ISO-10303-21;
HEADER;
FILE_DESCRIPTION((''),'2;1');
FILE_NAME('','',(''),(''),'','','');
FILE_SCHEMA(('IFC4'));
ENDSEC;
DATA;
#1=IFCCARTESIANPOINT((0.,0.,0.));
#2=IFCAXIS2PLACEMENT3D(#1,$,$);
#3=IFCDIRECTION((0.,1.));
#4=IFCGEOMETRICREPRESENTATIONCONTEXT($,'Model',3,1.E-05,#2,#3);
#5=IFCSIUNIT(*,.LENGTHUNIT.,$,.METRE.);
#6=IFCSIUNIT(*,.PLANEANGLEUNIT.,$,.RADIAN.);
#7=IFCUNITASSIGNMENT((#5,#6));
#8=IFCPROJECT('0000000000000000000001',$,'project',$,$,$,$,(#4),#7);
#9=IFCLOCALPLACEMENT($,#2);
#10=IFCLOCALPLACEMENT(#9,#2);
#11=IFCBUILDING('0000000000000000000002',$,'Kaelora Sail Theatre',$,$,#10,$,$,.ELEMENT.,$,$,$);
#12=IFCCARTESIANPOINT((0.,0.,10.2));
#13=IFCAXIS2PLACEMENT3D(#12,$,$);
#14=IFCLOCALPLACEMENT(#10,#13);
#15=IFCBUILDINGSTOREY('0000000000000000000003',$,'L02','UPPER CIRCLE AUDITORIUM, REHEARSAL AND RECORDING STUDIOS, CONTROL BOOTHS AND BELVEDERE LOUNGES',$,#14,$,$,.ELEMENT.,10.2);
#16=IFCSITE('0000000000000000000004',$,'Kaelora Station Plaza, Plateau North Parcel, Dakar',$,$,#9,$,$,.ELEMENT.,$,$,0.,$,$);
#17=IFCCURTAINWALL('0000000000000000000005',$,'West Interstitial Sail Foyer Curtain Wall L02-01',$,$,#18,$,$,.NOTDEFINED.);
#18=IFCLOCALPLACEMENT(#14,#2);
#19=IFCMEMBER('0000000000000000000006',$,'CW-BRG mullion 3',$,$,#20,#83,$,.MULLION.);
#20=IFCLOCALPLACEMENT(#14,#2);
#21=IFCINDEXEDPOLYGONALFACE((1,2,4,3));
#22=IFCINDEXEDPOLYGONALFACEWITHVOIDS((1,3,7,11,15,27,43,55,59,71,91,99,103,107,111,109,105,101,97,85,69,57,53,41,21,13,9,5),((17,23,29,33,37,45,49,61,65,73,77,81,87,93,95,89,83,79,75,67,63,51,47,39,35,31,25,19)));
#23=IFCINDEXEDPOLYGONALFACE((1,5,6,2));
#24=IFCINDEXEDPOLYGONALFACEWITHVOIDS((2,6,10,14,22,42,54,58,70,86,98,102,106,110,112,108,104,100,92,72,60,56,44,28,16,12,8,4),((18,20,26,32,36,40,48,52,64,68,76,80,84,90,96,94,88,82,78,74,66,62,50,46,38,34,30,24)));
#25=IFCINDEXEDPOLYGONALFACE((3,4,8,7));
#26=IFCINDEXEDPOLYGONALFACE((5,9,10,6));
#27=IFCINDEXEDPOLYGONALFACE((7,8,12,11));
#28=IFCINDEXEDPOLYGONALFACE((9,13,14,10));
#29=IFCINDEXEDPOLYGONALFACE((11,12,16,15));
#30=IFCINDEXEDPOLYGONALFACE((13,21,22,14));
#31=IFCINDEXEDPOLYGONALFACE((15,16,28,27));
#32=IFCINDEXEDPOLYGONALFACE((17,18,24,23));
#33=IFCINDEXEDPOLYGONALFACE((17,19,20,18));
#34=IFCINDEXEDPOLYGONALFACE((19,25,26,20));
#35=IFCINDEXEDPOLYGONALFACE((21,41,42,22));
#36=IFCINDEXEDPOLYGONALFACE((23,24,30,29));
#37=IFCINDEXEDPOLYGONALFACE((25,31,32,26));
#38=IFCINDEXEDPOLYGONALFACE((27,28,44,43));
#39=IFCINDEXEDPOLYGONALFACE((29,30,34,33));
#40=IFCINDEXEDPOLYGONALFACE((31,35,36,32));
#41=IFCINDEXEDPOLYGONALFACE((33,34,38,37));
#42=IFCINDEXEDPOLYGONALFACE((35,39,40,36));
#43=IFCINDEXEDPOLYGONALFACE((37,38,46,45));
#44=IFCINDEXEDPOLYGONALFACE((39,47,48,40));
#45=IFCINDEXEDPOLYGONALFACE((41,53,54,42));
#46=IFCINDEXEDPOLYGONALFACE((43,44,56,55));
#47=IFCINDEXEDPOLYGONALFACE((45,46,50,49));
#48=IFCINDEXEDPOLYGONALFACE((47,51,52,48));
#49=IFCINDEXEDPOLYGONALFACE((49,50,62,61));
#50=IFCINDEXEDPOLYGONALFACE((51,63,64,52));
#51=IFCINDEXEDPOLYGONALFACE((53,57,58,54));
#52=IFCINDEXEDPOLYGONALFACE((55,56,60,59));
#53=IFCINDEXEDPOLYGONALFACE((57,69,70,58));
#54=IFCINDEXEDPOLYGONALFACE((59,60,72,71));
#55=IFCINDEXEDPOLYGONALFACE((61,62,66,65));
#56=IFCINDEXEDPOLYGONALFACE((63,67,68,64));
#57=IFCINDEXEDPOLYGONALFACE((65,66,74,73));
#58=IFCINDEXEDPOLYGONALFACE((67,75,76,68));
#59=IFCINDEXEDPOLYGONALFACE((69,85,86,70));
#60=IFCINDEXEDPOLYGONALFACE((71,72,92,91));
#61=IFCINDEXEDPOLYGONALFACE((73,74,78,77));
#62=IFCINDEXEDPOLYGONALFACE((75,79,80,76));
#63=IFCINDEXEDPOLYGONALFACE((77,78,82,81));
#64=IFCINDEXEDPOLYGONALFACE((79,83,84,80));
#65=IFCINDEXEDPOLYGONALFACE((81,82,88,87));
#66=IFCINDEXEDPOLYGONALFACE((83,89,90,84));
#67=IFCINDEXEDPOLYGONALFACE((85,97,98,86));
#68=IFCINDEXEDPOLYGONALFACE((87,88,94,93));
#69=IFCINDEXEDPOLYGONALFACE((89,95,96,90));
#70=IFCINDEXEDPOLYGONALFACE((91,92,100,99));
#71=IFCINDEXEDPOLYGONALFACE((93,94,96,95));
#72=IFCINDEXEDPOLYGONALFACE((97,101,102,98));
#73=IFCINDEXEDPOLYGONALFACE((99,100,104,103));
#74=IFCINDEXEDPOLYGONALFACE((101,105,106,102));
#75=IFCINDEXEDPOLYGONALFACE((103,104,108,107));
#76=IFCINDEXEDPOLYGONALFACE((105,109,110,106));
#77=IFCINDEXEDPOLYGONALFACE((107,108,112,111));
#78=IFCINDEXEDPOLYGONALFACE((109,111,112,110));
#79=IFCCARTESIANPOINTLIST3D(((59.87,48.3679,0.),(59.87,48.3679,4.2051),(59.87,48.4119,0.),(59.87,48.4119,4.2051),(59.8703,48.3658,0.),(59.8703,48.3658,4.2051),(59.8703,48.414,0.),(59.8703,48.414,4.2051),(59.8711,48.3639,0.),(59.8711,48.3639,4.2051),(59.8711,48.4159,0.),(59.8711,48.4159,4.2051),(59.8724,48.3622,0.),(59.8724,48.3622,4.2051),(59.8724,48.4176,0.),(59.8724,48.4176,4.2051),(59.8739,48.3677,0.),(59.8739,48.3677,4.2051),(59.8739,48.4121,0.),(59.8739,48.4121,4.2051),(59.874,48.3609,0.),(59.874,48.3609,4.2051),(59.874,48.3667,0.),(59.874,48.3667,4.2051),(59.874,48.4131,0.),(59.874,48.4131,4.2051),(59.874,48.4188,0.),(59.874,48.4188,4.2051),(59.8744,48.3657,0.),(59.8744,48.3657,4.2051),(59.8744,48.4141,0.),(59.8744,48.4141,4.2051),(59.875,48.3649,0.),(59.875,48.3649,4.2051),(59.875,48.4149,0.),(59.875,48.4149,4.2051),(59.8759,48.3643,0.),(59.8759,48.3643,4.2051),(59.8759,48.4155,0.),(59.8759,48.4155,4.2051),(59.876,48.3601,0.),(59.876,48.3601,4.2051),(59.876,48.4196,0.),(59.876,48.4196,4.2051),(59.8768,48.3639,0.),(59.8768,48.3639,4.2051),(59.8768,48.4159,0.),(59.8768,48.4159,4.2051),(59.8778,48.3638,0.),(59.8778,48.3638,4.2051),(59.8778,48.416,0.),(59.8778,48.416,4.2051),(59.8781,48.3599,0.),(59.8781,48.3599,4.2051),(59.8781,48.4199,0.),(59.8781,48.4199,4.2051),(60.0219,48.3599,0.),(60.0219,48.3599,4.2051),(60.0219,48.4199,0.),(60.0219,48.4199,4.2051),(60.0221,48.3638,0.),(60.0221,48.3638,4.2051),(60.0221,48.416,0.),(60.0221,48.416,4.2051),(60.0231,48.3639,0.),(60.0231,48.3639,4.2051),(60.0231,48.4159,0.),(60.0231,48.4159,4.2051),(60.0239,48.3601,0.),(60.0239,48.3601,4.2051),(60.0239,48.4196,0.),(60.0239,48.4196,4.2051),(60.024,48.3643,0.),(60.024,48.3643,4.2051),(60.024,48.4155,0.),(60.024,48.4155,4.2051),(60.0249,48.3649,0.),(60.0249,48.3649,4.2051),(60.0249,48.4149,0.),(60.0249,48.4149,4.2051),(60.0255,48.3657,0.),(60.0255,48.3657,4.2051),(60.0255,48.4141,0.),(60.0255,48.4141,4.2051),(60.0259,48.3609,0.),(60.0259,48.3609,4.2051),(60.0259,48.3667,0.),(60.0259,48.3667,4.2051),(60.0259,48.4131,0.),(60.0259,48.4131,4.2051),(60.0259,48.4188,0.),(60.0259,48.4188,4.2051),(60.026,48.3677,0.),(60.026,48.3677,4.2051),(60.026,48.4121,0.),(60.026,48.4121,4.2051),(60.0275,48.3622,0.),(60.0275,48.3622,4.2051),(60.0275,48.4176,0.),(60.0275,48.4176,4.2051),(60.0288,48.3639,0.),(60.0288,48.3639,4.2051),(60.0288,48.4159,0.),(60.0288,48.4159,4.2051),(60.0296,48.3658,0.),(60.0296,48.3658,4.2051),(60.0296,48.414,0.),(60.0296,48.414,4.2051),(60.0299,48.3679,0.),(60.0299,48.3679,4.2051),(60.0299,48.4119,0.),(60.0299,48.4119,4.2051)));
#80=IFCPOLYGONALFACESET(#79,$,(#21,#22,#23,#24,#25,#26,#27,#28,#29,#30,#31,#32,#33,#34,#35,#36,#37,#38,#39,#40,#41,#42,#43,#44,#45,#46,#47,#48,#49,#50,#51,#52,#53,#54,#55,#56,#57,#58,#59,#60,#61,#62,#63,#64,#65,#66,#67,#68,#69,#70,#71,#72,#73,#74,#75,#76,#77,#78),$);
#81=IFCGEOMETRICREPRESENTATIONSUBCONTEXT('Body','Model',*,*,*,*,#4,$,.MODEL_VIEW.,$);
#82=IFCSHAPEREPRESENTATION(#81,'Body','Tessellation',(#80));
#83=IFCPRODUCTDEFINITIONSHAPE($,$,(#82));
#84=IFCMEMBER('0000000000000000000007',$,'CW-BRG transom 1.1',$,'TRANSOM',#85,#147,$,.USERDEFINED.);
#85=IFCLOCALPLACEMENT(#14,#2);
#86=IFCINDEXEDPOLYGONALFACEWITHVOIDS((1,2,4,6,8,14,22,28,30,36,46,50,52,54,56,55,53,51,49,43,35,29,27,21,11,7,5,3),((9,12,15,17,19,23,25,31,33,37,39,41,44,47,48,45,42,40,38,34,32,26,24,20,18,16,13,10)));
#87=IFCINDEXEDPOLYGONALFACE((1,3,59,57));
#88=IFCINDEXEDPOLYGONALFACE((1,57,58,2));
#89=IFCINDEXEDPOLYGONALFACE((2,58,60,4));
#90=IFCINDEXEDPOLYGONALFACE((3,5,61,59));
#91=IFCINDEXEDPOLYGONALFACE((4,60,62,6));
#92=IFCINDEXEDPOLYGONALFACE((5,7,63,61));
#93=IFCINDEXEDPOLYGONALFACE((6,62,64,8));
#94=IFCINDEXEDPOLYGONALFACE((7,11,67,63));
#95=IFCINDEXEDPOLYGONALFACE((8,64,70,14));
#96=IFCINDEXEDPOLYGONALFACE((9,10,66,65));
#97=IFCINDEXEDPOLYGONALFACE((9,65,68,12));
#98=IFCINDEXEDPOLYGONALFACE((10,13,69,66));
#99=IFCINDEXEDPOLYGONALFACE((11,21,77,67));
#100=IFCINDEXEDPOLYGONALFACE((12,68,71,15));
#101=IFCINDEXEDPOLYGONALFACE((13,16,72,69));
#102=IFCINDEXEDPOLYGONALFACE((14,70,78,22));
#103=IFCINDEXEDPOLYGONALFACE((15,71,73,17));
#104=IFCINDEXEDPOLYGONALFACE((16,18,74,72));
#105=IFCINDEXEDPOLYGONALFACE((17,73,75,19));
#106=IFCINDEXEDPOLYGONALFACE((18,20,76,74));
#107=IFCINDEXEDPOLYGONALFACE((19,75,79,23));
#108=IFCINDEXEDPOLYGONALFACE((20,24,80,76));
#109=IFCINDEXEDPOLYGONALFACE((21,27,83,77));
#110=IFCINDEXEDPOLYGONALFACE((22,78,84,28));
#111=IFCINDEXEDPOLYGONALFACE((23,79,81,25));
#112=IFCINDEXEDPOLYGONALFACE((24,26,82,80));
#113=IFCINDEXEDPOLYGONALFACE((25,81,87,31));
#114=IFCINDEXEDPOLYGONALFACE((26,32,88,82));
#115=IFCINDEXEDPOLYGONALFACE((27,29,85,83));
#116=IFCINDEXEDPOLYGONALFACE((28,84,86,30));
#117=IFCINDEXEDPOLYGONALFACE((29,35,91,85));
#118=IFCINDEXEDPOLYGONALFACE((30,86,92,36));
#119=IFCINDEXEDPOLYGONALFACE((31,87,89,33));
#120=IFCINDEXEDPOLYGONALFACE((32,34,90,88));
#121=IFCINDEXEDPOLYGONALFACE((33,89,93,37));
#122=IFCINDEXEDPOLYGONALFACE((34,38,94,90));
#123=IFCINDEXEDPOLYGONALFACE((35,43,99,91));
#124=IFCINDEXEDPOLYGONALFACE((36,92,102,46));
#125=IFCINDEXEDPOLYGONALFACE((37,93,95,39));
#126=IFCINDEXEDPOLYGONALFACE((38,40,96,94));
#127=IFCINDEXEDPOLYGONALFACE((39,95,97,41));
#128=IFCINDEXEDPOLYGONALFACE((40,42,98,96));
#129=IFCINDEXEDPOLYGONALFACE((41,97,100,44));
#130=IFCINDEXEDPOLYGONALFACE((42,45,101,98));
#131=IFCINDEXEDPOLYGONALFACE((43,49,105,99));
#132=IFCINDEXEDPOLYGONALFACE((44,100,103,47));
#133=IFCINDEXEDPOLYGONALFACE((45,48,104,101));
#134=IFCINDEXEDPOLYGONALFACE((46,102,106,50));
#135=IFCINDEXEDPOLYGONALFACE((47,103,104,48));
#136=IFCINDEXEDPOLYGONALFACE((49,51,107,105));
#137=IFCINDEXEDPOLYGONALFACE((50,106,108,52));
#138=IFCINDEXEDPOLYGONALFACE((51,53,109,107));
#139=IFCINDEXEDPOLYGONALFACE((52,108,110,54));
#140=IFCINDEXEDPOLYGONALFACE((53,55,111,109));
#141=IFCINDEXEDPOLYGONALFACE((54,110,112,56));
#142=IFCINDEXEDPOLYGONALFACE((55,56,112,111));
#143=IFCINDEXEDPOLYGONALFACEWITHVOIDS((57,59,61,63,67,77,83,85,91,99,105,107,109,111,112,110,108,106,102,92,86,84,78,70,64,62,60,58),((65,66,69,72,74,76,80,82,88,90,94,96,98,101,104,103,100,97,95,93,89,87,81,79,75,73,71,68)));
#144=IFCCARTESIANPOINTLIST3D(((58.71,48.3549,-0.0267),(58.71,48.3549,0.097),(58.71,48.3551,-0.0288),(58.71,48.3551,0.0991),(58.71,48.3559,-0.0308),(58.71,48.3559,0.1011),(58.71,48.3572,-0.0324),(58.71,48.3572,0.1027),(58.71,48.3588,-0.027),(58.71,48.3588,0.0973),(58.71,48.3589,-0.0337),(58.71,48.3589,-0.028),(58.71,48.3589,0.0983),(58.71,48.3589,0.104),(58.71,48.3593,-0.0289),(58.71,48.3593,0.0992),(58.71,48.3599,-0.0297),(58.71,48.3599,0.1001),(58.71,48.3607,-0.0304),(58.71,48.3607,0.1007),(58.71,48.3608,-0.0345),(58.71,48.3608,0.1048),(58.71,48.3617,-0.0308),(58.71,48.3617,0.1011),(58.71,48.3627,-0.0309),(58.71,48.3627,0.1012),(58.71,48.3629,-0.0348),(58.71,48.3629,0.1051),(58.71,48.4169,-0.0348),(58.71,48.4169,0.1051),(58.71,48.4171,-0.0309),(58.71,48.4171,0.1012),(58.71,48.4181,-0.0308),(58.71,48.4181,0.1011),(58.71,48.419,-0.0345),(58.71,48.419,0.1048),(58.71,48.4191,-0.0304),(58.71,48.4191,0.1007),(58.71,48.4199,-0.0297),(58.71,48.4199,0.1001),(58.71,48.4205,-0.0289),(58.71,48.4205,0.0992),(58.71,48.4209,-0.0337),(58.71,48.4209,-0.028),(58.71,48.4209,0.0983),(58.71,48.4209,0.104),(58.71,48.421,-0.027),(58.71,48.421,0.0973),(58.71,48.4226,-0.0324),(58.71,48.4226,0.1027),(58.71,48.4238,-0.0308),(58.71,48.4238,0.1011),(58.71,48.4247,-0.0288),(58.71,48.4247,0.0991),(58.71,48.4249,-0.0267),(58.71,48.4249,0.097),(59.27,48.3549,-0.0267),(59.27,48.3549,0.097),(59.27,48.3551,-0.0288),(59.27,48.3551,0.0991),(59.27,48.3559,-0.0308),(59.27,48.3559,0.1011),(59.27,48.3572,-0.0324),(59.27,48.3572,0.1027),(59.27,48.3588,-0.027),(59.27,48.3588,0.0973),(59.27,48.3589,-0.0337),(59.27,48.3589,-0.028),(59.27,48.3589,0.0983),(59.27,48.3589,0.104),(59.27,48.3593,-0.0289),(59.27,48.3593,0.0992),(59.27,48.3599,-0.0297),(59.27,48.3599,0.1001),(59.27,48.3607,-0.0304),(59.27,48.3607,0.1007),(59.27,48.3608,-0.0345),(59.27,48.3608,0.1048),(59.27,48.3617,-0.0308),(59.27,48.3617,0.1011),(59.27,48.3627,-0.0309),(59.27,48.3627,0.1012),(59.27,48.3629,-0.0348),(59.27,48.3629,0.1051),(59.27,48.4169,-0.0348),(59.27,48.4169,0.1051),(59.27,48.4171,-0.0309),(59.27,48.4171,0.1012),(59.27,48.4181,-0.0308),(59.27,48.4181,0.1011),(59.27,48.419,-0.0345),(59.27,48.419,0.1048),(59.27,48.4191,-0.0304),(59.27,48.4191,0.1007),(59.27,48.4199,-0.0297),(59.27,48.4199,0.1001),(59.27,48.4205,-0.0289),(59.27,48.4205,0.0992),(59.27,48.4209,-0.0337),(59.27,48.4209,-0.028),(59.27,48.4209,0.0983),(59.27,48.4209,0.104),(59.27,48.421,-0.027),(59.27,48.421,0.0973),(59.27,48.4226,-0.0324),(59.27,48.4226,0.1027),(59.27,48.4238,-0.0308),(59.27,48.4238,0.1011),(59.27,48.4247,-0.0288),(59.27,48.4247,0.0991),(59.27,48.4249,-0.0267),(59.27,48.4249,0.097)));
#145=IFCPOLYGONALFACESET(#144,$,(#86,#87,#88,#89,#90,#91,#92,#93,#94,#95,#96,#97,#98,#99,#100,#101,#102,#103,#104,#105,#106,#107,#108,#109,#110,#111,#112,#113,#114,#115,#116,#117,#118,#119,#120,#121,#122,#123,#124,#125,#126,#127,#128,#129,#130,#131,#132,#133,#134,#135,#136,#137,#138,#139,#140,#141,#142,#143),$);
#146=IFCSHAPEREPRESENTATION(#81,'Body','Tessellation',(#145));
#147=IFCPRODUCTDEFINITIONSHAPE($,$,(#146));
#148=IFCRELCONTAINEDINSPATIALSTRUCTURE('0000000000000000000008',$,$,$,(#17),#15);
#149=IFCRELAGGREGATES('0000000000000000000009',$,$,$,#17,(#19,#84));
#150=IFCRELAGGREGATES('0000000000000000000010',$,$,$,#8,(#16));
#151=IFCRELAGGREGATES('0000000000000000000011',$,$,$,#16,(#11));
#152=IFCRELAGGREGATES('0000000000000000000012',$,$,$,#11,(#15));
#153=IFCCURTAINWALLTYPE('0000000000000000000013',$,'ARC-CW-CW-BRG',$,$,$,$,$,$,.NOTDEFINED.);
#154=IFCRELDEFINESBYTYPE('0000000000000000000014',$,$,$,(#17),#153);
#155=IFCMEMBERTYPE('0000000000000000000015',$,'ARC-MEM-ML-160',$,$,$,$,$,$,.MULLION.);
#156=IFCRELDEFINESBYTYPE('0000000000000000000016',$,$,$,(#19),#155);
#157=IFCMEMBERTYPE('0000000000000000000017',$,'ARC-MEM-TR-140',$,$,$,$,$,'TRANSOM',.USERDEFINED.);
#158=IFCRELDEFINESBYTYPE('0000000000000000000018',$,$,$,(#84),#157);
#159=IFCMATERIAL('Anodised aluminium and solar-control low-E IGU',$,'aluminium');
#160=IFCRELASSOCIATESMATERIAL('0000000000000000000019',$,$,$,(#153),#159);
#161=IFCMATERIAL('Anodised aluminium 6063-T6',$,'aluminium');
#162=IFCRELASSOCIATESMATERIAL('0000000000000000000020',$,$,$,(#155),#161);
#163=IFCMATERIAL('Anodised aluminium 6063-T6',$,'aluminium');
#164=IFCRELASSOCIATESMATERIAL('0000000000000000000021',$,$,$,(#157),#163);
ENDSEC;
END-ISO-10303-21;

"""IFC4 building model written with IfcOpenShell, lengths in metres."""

from ifc_helpers import new_model, si_unit, direction, frame, origin, origin_2d, place, context, subcontext, project, spatial, hollow_rectangle, extrude, material, material_profile, profile_set, type_object, element, aggregate, save


model = new_model("IFC4")

# Units and contexts
model_context = context("Model", 3, precision=1e-05, world=origin(), true_north=direction((0.0, 1.0)))
body_context = subcontext(model_context, "Body", "Model", "MODEL_VIEW")
ifc_project = project(units=[si_unit("LENGTHUNIT", "METRE"), si_unit("PLANEANGLEUNIT", "RADIAN")], contexts=[model_context])

# Site, building, storey
site_placement = place(None, origin())
site = spatial("IfcSite", under=ifc_project, at=site_placement, Name="Kaelora Station Plaza, Plateau North Parcel, Dakar", CompositionType="ELEMENT", RefElevation=0.0)
building_placement = place(site_placement, origin())
building = spatial("IfcBuilding", under=site, at=building_placement, Name="Kaelora Sail Theatre", CompositionType="ELEMENT")
storey_placement = place(building_placement, frame((0.0, 0.0, 10.2)))
storey = spatial("IfcBuildingStorey", under=building, at=storey_placement, Name="L02", Description="UPPER CIRCLE AUDITORIUM, REHEARSAL AND RECORDING STUDIOS, CONTROL BOOTHS AND BELVEDERE LOUNGES", CompositionType="ELEMENT", Elevation=10.2)

# Curtain wall, members
ifc_material_1 = material(Name="Anodised aluminium and solar-control low-E IGU", Category="aluminium")
curtain_wall_type = type_object("IfcCurtainWallType", Name="ARC-CW-CW-BRG", PredefinedType="NOTDEFINED", material=ifc_material_1)
curtain_wall_placement = place(storey_placement, origin())
curtain_wall = element("IfcCurtainWall", 1, at=curtain_wall_placement, inside=storey, type_object=curtain_wall_type, Name="West Interstitial Sail Foyer Curtain Wall L02-01", PredefinedType="NOTDEFINED")
ifc_material_2 = material(Name="Anodised aluminium 6063-T6", Category="aluminium")
ifc_material_profile_1 = material_profile(ifc_material_2, hollow_rectangle(XDim=0.0601, YDim=0.1599, WallThickness=0.0039, InnerFilletRadius=0.0039, OuterFilletRadius=0.0081, at=origin_2d()), Name="ALU-MULL 60x160x4")
ifc_profile_set_1 = profile_set([ifc_material_profile_1], Name="Anodised aluminium 6063-T6")
member_type_1 = type_object("IfcMemberType", Name="ARC-MEM-ML-160", PredefinedType="MULLION", material=ifc_profile_set_1)
member_1_placement = place(storey_placement, frame((59.95, 48.3899, 0.0), z_axis=(0.0, 0.0, 1.0), x_axis=(0.0, 1.0, 0.0)))
member_1 = element("IfcMember", 2, at=member_1_placement, type_object=member_type_1, Name="CW-BRG mullion 3", PredefinedType="MULLION", context=body_context, shape_type="SweptSolid", body=[
    extrude(hollow_rectangle(XDim=0.0601, YDim=0.1599, WallThickness=0.0039, InnerFilletRadius=0.0039, OuterFilletRadius=0.0081, at=origin_2d()), origin(), (0.0, 0.0, 1.0), 4.2051),
])
ifc_material_3 = material(Name="Anodised aluminium 6063-T6", Category="aluminium")
ifc_material_profile_2 = material_profile(ifc_material_3, hollow_rectangle(XDim=0.0701, YDim=0.1399, WallThickness=0.0039, InnerFilletRadius=0.0039, OuterFilletRadius=0.0081, at=origin_2d()), Name="ALU-TRAN 70x140x4")
ifc_profile_set_2 = profile_set([ifc_material_profile_2], Name="Anodised aluminium 6063-T6")
member_type_2 = type_object("IfcMemberType", Name="ARC-MEM-TR-140", ElementType="TRANSOM", PredefinedType="USERDEFINED", material=ifc_profile_set_2)
member_2_placement = place(storey_placement, frame((58.71, 48.3899, 0.0352), z_axis=(1.0, 0.0, 0.0), x_axis=(0.0, 1.0, 0.0)))
member_2 = element("IfcMember", 3, at=member_2_placement, type_object=member_type_2, Name="CW-BRG transom 1.1", ObjectType="TRANSOM", PredefinedType="USERDEFINED", context=body_context, shape_type="SweptSolid", body=[
    extrude(hollow_rectangle(XDim=0.0701, YDim=0.1399, WallThickness=0.0039, InnerFilletRadius=0.0039, OuterFilletRadius=0.0081, at=origin_2d()), origin(), (0.0, 0.0, 1.0), 0.5601),
])

aggregate(curtain_wall, [member_1, member_2])

save(model, "model.ifc")
